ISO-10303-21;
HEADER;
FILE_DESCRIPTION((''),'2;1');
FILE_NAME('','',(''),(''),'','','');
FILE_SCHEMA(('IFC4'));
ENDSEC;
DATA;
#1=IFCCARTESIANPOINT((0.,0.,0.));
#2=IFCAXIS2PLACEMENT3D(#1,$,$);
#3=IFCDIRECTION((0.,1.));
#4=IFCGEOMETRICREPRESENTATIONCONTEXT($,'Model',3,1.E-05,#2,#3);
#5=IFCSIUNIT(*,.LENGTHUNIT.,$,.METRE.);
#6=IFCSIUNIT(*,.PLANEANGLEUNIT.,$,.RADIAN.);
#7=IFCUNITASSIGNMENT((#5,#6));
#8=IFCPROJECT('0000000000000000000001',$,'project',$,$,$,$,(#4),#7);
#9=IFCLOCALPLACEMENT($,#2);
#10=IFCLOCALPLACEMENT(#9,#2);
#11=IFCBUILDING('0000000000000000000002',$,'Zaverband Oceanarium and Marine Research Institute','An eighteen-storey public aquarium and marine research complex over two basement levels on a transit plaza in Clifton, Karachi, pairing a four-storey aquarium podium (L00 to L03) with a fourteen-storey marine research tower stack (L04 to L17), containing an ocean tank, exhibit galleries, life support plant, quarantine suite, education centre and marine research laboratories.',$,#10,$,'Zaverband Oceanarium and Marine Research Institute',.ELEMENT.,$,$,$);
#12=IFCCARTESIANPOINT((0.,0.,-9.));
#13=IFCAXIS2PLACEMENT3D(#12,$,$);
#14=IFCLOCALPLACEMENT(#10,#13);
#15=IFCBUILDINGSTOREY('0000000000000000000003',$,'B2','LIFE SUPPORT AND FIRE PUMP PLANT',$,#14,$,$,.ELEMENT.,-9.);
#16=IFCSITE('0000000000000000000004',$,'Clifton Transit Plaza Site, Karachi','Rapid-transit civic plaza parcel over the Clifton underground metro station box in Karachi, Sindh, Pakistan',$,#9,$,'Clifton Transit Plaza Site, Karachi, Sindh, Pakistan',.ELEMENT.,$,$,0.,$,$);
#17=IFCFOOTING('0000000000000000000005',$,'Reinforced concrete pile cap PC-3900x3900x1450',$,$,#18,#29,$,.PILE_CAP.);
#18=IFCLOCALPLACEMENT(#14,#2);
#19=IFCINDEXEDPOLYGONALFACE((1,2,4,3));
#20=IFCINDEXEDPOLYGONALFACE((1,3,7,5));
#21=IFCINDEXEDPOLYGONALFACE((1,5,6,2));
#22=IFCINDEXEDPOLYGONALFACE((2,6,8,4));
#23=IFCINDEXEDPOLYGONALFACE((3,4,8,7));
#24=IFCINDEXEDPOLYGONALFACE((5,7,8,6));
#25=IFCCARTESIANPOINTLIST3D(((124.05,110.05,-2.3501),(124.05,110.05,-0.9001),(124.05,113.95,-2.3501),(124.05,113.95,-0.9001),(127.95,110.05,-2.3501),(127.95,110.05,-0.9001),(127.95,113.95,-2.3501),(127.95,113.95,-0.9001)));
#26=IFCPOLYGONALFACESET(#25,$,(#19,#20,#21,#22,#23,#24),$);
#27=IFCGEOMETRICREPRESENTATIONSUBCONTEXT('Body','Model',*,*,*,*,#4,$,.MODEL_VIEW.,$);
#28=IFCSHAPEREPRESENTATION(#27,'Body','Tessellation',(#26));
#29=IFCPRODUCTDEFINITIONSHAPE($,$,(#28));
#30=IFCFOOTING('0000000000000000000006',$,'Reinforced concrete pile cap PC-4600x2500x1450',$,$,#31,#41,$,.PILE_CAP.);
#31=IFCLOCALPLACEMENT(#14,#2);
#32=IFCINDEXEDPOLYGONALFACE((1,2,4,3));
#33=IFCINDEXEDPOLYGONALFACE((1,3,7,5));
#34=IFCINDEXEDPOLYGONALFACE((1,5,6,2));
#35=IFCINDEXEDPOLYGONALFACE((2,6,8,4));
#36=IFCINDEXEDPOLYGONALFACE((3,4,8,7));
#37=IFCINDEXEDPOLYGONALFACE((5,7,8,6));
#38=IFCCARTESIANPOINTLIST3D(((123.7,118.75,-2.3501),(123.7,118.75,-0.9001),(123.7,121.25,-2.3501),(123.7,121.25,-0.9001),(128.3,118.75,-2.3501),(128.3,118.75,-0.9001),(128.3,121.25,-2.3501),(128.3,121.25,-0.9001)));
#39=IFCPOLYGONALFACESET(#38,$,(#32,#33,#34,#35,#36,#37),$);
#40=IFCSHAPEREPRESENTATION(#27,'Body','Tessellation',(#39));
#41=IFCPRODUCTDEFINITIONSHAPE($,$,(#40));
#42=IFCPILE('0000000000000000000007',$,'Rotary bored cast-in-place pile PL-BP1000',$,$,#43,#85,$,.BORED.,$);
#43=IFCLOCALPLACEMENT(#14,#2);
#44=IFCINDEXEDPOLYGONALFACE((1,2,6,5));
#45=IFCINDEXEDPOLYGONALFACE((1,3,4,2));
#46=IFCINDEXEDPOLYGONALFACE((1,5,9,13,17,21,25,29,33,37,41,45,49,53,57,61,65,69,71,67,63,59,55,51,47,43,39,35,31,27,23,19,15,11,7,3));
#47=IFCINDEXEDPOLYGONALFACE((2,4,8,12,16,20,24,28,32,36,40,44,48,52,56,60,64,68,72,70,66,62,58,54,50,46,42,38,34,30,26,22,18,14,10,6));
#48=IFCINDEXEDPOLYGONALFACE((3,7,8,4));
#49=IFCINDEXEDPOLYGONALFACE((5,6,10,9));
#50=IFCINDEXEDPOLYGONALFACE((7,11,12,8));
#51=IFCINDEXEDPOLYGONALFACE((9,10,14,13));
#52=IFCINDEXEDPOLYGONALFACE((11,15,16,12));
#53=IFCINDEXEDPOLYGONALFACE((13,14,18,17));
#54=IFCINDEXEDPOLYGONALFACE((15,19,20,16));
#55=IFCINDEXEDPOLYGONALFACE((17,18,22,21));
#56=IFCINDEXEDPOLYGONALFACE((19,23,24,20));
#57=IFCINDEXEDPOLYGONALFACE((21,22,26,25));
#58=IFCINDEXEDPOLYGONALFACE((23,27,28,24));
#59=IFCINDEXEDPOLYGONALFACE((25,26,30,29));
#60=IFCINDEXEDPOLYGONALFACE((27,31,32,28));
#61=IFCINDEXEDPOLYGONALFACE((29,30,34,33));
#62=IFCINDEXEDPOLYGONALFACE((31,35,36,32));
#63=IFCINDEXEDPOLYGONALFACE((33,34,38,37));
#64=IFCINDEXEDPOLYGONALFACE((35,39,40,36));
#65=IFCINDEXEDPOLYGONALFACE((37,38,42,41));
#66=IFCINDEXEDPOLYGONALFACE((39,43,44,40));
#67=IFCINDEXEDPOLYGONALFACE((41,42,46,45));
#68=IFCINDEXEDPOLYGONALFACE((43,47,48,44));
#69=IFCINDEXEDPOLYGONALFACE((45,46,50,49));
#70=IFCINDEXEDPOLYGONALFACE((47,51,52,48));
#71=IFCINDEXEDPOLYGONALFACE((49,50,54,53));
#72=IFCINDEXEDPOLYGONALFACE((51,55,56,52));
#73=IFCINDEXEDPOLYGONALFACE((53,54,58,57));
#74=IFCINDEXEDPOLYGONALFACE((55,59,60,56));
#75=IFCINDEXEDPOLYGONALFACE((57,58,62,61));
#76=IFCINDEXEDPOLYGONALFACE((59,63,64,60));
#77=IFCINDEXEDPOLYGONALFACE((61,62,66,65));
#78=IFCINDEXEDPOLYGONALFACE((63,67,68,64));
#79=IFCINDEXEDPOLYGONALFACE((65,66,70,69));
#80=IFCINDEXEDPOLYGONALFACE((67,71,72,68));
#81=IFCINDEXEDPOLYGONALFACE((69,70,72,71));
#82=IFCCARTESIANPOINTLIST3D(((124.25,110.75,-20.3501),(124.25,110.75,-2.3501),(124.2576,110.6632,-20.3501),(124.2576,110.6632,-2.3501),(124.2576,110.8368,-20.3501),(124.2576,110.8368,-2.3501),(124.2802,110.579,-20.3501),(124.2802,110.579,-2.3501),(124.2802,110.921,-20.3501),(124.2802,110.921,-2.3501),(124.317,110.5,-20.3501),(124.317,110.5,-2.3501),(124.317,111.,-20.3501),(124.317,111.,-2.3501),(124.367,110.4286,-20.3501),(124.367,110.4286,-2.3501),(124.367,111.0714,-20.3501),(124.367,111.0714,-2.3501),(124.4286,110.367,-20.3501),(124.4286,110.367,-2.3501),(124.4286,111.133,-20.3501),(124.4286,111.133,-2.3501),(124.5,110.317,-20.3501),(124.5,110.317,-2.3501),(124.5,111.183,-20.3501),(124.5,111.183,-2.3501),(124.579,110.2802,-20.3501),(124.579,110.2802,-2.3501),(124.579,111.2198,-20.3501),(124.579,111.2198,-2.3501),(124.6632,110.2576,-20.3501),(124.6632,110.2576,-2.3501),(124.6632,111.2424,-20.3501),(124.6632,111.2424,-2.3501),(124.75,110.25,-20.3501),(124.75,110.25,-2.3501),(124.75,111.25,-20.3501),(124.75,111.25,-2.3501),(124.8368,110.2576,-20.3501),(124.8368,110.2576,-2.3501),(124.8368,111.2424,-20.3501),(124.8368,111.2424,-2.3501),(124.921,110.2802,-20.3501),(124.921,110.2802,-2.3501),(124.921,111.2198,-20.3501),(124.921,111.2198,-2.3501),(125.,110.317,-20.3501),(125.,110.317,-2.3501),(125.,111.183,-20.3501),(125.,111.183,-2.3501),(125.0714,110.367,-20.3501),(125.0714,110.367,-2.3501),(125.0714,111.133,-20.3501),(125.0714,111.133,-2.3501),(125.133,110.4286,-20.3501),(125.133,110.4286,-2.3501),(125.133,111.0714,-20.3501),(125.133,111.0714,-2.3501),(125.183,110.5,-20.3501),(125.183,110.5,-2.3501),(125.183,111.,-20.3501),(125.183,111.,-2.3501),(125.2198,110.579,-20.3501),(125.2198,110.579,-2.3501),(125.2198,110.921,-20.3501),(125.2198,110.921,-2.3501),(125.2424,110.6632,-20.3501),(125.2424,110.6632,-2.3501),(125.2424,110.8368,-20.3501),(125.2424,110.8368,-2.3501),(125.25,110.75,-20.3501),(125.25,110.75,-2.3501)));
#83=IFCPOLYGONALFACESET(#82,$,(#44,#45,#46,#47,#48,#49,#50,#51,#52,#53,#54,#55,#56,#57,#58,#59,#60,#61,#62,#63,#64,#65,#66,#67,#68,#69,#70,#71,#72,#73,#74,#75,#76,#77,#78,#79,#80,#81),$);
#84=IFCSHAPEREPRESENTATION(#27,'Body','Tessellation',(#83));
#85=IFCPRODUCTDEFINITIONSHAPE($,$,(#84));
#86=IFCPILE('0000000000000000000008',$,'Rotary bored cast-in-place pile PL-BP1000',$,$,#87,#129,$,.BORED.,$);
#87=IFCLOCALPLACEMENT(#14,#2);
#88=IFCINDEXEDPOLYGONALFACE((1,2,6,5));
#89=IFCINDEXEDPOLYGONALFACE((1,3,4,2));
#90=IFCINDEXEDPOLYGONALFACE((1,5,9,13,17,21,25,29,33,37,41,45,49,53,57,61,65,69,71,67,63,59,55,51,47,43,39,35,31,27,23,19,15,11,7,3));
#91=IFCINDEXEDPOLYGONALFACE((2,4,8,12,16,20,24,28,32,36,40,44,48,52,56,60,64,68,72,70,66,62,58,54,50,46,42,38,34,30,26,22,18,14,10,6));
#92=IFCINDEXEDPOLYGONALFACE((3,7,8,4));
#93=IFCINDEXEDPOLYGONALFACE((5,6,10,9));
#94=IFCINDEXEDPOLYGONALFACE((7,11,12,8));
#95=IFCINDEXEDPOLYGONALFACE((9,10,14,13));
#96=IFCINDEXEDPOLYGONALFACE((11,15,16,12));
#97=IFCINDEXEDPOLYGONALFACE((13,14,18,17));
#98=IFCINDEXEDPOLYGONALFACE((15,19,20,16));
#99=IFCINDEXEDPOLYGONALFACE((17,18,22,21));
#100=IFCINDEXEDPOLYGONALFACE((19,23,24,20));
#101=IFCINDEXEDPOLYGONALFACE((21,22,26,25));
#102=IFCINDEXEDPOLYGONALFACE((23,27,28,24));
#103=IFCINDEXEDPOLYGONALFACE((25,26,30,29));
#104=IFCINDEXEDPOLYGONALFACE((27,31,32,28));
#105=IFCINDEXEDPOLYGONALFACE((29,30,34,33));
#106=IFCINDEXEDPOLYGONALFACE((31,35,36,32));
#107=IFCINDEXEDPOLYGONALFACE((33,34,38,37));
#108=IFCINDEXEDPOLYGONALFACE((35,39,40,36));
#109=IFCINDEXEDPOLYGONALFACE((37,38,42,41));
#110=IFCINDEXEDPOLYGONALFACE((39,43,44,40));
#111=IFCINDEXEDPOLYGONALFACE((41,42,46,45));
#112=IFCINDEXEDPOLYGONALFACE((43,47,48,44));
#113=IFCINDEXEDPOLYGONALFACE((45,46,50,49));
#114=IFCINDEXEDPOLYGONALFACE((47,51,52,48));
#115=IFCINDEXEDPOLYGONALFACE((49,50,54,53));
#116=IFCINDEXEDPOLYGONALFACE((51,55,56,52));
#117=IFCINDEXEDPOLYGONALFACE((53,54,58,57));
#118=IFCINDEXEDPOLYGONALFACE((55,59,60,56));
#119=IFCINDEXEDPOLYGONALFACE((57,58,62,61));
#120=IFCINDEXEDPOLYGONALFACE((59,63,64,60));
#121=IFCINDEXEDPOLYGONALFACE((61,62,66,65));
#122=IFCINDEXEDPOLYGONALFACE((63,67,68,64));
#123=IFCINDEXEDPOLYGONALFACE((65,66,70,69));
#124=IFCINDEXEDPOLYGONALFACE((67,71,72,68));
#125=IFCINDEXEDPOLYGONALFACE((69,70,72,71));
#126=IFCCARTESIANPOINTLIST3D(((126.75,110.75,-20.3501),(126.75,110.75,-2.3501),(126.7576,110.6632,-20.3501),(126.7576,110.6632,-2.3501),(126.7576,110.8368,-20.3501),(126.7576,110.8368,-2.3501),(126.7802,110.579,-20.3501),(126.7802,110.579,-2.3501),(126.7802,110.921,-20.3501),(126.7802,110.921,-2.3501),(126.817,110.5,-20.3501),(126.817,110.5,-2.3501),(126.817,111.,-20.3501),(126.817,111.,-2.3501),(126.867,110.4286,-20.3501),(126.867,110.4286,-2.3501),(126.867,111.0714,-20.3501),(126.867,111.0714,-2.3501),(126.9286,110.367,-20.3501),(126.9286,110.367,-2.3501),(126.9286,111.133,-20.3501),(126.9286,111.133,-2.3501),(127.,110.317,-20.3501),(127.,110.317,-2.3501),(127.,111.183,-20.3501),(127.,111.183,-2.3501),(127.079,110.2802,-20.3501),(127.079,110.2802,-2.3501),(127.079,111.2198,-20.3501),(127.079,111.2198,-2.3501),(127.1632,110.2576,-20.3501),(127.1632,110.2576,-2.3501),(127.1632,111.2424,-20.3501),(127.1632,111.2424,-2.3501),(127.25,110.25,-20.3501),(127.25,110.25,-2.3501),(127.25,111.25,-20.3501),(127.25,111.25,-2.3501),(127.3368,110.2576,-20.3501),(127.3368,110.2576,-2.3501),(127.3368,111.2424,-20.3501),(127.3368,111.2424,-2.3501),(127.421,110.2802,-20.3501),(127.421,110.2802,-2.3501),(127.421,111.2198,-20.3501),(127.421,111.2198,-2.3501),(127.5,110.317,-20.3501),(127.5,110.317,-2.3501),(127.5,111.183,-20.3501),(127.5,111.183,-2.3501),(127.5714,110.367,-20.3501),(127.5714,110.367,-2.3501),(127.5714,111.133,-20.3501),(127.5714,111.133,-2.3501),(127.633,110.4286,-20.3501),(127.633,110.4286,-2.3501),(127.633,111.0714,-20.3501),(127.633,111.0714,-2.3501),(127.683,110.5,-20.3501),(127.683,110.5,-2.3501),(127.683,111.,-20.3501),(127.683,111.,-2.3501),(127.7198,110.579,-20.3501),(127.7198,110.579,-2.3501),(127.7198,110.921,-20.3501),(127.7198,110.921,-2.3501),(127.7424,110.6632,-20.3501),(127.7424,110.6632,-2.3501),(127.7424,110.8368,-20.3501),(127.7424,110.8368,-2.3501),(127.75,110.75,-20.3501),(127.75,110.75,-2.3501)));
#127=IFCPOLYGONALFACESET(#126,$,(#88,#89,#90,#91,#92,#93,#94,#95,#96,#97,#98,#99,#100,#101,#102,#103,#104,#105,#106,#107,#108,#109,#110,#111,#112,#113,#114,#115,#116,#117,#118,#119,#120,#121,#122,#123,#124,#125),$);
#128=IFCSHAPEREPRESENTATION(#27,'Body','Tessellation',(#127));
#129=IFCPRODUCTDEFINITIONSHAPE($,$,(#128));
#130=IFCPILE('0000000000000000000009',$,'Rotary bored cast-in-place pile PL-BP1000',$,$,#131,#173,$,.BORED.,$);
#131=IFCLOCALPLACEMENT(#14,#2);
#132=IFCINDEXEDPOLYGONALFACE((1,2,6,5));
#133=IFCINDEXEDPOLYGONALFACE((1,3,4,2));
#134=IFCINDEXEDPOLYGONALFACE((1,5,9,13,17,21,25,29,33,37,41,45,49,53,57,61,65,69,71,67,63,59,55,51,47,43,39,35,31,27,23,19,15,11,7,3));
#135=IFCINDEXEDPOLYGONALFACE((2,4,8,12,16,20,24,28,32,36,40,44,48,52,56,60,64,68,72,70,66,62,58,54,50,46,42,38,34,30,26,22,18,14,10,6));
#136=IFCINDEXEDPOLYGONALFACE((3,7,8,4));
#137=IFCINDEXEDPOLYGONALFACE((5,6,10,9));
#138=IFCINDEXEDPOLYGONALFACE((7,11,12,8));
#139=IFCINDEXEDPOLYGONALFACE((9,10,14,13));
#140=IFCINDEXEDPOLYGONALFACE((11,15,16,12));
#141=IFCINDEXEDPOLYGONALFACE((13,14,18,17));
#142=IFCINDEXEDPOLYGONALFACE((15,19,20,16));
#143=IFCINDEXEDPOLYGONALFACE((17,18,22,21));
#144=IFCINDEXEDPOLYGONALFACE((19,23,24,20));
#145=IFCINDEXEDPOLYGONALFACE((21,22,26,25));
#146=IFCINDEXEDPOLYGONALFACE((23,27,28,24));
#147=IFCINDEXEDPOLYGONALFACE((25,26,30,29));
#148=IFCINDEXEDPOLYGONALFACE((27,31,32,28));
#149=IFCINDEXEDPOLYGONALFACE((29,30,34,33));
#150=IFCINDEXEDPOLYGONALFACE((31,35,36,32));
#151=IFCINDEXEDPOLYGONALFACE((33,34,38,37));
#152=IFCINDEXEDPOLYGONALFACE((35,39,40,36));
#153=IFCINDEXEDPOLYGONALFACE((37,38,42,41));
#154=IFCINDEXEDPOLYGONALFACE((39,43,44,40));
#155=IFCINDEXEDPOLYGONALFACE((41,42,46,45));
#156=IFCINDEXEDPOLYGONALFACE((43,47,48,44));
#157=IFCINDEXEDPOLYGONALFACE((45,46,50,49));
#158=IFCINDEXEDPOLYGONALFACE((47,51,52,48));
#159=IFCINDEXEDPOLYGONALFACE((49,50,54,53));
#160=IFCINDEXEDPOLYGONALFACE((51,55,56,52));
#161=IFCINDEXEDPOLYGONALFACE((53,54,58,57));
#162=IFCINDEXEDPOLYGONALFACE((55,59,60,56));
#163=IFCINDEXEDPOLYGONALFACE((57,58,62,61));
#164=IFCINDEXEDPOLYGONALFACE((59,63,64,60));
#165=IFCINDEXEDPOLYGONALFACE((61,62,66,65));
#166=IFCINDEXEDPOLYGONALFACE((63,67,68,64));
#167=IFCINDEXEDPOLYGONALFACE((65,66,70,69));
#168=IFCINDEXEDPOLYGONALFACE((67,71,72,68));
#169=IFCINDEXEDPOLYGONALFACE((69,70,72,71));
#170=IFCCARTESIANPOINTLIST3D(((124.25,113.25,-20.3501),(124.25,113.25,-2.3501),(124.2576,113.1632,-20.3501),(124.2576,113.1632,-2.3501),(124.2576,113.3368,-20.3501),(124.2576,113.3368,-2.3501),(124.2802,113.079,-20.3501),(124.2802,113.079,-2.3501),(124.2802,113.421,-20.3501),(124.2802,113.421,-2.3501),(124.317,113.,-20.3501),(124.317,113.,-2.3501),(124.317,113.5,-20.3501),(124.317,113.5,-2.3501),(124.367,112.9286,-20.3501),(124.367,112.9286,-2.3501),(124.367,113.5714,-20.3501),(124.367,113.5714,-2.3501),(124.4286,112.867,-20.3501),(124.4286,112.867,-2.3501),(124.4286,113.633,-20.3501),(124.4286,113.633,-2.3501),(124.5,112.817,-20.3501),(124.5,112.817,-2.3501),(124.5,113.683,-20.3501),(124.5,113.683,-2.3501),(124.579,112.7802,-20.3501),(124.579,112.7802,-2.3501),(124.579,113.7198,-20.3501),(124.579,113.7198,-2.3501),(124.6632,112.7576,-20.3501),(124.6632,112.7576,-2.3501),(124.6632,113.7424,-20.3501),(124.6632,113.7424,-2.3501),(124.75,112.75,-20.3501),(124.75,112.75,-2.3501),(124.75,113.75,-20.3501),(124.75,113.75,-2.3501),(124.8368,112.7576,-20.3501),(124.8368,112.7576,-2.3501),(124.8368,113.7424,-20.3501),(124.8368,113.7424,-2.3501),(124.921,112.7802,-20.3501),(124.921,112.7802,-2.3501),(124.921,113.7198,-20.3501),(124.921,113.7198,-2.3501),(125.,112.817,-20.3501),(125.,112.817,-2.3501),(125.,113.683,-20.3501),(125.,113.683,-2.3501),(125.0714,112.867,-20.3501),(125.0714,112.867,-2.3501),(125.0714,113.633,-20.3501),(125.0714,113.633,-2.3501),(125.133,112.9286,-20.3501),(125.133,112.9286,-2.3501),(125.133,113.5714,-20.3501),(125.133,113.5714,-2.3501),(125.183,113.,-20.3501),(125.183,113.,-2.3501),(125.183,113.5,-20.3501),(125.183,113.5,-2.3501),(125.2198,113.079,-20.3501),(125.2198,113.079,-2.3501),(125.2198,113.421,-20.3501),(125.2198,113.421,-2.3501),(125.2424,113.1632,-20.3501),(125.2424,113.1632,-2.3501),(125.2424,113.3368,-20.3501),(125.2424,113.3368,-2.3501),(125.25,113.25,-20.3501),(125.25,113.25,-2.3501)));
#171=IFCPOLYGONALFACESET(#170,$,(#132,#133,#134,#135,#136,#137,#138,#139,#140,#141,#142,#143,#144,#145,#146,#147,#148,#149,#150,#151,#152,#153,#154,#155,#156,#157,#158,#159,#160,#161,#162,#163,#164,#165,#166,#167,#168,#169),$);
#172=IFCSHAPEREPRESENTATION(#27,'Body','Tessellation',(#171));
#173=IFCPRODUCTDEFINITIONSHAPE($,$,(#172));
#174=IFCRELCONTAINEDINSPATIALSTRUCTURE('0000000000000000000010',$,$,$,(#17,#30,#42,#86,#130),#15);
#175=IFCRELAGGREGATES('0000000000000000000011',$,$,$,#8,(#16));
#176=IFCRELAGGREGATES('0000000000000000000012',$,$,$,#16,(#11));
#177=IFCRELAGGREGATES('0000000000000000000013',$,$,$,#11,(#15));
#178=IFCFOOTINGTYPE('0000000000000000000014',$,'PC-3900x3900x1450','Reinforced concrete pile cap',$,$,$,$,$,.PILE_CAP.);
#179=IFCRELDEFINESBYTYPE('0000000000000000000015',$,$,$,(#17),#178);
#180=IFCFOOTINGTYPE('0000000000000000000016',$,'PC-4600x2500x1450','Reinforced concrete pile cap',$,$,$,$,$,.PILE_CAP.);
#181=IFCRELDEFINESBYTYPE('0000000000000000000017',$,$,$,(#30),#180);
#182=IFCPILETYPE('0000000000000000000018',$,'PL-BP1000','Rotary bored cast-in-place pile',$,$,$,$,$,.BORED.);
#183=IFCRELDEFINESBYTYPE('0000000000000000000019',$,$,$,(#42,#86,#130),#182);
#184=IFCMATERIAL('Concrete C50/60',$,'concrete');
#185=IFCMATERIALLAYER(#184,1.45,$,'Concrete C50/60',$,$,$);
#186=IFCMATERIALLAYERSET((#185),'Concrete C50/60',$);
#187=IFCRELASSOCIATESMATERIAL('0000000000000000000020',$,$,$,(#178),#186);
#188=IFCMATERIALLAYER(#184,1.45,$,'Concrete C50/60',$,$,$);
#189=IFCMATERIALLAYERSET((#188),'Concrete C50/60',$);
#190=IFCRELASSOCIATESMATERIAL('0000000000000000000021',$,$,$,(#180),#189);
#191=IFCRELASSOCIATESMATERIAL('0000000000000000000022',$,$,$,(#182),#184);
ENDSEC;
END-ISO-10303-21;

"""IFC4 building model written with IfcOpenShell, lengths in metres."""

from ifc_helpers import new_model, si_unit, direction, frame, origin, origin_2d, place, context, subcontext, project, spatial, rectangle, circle, extrude, material, layer, layer_set, material_profile, profile_set, type_object, element, save


model = new_model("IFC4")

# Units and contexts
model_context = context("Model", 3, precision=1e-05, world=origin(), true_north=direction((0.0, 1.0)))
body_context = subcontext(model_context, "Body", "Model", "MODEL_VIEW")
ifc_project = project(units=[si_unit("LENGTHUNIT", "METRE"), si_unit("PLANEANGLEUNIT", "RADIAN")], contexts=[model_context])

# Site, building, storey
site_placement = place(None, origin())
site = spatial("IfcSite", under=ifc_project, at=site_placement, Name="Clifton Transit Plaza Site, Karachi", Description="Rapid-transit civic plaza parcel over the Clifton underground metro station box in Karachi, Sindh, Pakistan", LongName="Clifton Transit Plaza Site, Karachi, Sindh, Pakistan", CompositionType="ELEMENT", RefElevation=0.0)
building_placement = place(site_placement, origin())
building = spatial("IfcBuilding", under=site, at=building_placement, Name="Zaverband Oceanarium and Marine Research Institute", Description="An eighteen-storey public aquarium and marine research complex over two basement levels on a transit plaza in Clifton, Karachi, pairing a four-storey aquarium podium (L00 to L03) with a fourteen-storey marine research tower stack (L04 to L17), containing an ocean tank, exhibit galleries, life support plant, quarantine suite, education centre and marine research laboratories.", LongName="Zaverband Oceanarium and Marine Research Institute", CompositionType="ELEMENT")
storey_placement = place(building_placement, frame((0.0, 0.0, -9.0)))
storey = spatial("IfcBuildingStorey", under=building, at=storey_placement, Name="B2", Description="LIFE SUPPORT AND FIRE PUMP PLANT", CompositionType="ELEMENT", Elevation=-9.0)

# Footings
ifc_material_1 = material(Name="Concrete C50/60", Category="concrete")
ifc_layer_1 = layer(ifc_material_1, 1.45, Name="Concrete C50/60")
ifc_layer_set_1 = layer_set([ifc_layer_1], Name="Concrete C50/60")
footing_type_1 = type_object("IfcFootingType", Name="PC-3900x3900x1450", Description="Reinforced concrete pile cap", PredefinedType="PILE_CAP", material=ifc_layer_set_1)
footing_1_placement = place(storey_placement, frame((126.0, 112.0, -2.3501), z_axis=(0.0, 0.0, 1.0), x_axis=(1.0, 0.0, 0.0)))
element("IfcFooting", 1, at=footing_1_placement, inside=storey, type_object=footing_type_1, Name="Reinforced concrete pile cap PC-3900x3900x1450", PredefinedType="PILE_CAP", context=body_context, shape_type="SweptSolid", body=[
    extrude(rectangle(XDim=3.8999, YDim=3.8999, at=origin_2d()), origin(), (0.0, 0.0, 1.0), 1.45),
])
ifc_layer_2 = layer(ifc_material_1, 1.45, Name="Concrete C50/60")
ifc_layer_set_2 = layer_set([ifc_layer_2], Name="Concrete C50/60")
footing_type_2 = type_object("IfcFootingType", Name="PC-4600x2500x1450", Description="Reinforced concrete pile cap", PredefinedType="PILE_CAP", material=ifc_layer_set_2)
footing_2_placement = place(storey_placement, frame((126.0, 120.0, -2.3501), z_axis=(0.0, 0.0, 1.0), x_axis=(1.0, 0.0, 0.0)))
element("IfcFooting", 2, at=footing_2_placement, inside=storey, type_object=footing_type_2, Name="Reinforced concrete pile cap PC-4600x2500x1450", PredefinedType="PILE_CAP", context=body_context, shape_type="SweptSolid", body=[
    extrude(rectangle(XDim=4.6001, YDim=2.5, at=origin_2d()), origin(), (0.0, 0.0, 1.0), 1.45),
])

# Piles
ifc_material_profile_1 = material_profile(ifc_material_1, circle(Radius=0.5, at=origin_2d()), Name="BP1000")
ifc_profile_set_1 = profile_set([ifc_material_profile_1], Name="Concrete C50/60")
pile_type_1 = type_object("IfcPileType", Name="PL-BP1000", Description="Rotary bored cast-in-place pile", PredefinedType="BORED", material=ifc_profile_set_1)
for number, where, z_axis, x_axis, name in (
    (3, (124.75, 110.75, -2.3501), (0.0, 0.0, -1.0), (1.0, 0.0, 0.0), "Rotary bored cast-in-place pile PL-BP1000"),
    (4, (127.25, 110.75, -2.3501), (0.0, 0.0, -1.0), (1.0, 0.0, 0.0), "Rotary bored cast-in-place pile PL-BP1000"),
    (5, (124.75, 113.25, -2.3501), (0.0, 0.0, -1.0), (1.0, 0.0, 0.0), "Rotary bored cast-in-place pile PL-BP1000"),
):
    element("IfcPile", number, at=place(storey_placement, frame(where, z_axis=z_axis, x_axis=x_axis)), inside=storey, type_object=pile_type_1, Name=name, PredefinedType="BORED", context=body_context, shape_type="SweptSolid", body=[
        extrude(circle(Radius=0.5, at=origin_2d()), origin(), (0.0, 0.0, 1.0), 18.0),
    ])

save(model, "model.ifc")
